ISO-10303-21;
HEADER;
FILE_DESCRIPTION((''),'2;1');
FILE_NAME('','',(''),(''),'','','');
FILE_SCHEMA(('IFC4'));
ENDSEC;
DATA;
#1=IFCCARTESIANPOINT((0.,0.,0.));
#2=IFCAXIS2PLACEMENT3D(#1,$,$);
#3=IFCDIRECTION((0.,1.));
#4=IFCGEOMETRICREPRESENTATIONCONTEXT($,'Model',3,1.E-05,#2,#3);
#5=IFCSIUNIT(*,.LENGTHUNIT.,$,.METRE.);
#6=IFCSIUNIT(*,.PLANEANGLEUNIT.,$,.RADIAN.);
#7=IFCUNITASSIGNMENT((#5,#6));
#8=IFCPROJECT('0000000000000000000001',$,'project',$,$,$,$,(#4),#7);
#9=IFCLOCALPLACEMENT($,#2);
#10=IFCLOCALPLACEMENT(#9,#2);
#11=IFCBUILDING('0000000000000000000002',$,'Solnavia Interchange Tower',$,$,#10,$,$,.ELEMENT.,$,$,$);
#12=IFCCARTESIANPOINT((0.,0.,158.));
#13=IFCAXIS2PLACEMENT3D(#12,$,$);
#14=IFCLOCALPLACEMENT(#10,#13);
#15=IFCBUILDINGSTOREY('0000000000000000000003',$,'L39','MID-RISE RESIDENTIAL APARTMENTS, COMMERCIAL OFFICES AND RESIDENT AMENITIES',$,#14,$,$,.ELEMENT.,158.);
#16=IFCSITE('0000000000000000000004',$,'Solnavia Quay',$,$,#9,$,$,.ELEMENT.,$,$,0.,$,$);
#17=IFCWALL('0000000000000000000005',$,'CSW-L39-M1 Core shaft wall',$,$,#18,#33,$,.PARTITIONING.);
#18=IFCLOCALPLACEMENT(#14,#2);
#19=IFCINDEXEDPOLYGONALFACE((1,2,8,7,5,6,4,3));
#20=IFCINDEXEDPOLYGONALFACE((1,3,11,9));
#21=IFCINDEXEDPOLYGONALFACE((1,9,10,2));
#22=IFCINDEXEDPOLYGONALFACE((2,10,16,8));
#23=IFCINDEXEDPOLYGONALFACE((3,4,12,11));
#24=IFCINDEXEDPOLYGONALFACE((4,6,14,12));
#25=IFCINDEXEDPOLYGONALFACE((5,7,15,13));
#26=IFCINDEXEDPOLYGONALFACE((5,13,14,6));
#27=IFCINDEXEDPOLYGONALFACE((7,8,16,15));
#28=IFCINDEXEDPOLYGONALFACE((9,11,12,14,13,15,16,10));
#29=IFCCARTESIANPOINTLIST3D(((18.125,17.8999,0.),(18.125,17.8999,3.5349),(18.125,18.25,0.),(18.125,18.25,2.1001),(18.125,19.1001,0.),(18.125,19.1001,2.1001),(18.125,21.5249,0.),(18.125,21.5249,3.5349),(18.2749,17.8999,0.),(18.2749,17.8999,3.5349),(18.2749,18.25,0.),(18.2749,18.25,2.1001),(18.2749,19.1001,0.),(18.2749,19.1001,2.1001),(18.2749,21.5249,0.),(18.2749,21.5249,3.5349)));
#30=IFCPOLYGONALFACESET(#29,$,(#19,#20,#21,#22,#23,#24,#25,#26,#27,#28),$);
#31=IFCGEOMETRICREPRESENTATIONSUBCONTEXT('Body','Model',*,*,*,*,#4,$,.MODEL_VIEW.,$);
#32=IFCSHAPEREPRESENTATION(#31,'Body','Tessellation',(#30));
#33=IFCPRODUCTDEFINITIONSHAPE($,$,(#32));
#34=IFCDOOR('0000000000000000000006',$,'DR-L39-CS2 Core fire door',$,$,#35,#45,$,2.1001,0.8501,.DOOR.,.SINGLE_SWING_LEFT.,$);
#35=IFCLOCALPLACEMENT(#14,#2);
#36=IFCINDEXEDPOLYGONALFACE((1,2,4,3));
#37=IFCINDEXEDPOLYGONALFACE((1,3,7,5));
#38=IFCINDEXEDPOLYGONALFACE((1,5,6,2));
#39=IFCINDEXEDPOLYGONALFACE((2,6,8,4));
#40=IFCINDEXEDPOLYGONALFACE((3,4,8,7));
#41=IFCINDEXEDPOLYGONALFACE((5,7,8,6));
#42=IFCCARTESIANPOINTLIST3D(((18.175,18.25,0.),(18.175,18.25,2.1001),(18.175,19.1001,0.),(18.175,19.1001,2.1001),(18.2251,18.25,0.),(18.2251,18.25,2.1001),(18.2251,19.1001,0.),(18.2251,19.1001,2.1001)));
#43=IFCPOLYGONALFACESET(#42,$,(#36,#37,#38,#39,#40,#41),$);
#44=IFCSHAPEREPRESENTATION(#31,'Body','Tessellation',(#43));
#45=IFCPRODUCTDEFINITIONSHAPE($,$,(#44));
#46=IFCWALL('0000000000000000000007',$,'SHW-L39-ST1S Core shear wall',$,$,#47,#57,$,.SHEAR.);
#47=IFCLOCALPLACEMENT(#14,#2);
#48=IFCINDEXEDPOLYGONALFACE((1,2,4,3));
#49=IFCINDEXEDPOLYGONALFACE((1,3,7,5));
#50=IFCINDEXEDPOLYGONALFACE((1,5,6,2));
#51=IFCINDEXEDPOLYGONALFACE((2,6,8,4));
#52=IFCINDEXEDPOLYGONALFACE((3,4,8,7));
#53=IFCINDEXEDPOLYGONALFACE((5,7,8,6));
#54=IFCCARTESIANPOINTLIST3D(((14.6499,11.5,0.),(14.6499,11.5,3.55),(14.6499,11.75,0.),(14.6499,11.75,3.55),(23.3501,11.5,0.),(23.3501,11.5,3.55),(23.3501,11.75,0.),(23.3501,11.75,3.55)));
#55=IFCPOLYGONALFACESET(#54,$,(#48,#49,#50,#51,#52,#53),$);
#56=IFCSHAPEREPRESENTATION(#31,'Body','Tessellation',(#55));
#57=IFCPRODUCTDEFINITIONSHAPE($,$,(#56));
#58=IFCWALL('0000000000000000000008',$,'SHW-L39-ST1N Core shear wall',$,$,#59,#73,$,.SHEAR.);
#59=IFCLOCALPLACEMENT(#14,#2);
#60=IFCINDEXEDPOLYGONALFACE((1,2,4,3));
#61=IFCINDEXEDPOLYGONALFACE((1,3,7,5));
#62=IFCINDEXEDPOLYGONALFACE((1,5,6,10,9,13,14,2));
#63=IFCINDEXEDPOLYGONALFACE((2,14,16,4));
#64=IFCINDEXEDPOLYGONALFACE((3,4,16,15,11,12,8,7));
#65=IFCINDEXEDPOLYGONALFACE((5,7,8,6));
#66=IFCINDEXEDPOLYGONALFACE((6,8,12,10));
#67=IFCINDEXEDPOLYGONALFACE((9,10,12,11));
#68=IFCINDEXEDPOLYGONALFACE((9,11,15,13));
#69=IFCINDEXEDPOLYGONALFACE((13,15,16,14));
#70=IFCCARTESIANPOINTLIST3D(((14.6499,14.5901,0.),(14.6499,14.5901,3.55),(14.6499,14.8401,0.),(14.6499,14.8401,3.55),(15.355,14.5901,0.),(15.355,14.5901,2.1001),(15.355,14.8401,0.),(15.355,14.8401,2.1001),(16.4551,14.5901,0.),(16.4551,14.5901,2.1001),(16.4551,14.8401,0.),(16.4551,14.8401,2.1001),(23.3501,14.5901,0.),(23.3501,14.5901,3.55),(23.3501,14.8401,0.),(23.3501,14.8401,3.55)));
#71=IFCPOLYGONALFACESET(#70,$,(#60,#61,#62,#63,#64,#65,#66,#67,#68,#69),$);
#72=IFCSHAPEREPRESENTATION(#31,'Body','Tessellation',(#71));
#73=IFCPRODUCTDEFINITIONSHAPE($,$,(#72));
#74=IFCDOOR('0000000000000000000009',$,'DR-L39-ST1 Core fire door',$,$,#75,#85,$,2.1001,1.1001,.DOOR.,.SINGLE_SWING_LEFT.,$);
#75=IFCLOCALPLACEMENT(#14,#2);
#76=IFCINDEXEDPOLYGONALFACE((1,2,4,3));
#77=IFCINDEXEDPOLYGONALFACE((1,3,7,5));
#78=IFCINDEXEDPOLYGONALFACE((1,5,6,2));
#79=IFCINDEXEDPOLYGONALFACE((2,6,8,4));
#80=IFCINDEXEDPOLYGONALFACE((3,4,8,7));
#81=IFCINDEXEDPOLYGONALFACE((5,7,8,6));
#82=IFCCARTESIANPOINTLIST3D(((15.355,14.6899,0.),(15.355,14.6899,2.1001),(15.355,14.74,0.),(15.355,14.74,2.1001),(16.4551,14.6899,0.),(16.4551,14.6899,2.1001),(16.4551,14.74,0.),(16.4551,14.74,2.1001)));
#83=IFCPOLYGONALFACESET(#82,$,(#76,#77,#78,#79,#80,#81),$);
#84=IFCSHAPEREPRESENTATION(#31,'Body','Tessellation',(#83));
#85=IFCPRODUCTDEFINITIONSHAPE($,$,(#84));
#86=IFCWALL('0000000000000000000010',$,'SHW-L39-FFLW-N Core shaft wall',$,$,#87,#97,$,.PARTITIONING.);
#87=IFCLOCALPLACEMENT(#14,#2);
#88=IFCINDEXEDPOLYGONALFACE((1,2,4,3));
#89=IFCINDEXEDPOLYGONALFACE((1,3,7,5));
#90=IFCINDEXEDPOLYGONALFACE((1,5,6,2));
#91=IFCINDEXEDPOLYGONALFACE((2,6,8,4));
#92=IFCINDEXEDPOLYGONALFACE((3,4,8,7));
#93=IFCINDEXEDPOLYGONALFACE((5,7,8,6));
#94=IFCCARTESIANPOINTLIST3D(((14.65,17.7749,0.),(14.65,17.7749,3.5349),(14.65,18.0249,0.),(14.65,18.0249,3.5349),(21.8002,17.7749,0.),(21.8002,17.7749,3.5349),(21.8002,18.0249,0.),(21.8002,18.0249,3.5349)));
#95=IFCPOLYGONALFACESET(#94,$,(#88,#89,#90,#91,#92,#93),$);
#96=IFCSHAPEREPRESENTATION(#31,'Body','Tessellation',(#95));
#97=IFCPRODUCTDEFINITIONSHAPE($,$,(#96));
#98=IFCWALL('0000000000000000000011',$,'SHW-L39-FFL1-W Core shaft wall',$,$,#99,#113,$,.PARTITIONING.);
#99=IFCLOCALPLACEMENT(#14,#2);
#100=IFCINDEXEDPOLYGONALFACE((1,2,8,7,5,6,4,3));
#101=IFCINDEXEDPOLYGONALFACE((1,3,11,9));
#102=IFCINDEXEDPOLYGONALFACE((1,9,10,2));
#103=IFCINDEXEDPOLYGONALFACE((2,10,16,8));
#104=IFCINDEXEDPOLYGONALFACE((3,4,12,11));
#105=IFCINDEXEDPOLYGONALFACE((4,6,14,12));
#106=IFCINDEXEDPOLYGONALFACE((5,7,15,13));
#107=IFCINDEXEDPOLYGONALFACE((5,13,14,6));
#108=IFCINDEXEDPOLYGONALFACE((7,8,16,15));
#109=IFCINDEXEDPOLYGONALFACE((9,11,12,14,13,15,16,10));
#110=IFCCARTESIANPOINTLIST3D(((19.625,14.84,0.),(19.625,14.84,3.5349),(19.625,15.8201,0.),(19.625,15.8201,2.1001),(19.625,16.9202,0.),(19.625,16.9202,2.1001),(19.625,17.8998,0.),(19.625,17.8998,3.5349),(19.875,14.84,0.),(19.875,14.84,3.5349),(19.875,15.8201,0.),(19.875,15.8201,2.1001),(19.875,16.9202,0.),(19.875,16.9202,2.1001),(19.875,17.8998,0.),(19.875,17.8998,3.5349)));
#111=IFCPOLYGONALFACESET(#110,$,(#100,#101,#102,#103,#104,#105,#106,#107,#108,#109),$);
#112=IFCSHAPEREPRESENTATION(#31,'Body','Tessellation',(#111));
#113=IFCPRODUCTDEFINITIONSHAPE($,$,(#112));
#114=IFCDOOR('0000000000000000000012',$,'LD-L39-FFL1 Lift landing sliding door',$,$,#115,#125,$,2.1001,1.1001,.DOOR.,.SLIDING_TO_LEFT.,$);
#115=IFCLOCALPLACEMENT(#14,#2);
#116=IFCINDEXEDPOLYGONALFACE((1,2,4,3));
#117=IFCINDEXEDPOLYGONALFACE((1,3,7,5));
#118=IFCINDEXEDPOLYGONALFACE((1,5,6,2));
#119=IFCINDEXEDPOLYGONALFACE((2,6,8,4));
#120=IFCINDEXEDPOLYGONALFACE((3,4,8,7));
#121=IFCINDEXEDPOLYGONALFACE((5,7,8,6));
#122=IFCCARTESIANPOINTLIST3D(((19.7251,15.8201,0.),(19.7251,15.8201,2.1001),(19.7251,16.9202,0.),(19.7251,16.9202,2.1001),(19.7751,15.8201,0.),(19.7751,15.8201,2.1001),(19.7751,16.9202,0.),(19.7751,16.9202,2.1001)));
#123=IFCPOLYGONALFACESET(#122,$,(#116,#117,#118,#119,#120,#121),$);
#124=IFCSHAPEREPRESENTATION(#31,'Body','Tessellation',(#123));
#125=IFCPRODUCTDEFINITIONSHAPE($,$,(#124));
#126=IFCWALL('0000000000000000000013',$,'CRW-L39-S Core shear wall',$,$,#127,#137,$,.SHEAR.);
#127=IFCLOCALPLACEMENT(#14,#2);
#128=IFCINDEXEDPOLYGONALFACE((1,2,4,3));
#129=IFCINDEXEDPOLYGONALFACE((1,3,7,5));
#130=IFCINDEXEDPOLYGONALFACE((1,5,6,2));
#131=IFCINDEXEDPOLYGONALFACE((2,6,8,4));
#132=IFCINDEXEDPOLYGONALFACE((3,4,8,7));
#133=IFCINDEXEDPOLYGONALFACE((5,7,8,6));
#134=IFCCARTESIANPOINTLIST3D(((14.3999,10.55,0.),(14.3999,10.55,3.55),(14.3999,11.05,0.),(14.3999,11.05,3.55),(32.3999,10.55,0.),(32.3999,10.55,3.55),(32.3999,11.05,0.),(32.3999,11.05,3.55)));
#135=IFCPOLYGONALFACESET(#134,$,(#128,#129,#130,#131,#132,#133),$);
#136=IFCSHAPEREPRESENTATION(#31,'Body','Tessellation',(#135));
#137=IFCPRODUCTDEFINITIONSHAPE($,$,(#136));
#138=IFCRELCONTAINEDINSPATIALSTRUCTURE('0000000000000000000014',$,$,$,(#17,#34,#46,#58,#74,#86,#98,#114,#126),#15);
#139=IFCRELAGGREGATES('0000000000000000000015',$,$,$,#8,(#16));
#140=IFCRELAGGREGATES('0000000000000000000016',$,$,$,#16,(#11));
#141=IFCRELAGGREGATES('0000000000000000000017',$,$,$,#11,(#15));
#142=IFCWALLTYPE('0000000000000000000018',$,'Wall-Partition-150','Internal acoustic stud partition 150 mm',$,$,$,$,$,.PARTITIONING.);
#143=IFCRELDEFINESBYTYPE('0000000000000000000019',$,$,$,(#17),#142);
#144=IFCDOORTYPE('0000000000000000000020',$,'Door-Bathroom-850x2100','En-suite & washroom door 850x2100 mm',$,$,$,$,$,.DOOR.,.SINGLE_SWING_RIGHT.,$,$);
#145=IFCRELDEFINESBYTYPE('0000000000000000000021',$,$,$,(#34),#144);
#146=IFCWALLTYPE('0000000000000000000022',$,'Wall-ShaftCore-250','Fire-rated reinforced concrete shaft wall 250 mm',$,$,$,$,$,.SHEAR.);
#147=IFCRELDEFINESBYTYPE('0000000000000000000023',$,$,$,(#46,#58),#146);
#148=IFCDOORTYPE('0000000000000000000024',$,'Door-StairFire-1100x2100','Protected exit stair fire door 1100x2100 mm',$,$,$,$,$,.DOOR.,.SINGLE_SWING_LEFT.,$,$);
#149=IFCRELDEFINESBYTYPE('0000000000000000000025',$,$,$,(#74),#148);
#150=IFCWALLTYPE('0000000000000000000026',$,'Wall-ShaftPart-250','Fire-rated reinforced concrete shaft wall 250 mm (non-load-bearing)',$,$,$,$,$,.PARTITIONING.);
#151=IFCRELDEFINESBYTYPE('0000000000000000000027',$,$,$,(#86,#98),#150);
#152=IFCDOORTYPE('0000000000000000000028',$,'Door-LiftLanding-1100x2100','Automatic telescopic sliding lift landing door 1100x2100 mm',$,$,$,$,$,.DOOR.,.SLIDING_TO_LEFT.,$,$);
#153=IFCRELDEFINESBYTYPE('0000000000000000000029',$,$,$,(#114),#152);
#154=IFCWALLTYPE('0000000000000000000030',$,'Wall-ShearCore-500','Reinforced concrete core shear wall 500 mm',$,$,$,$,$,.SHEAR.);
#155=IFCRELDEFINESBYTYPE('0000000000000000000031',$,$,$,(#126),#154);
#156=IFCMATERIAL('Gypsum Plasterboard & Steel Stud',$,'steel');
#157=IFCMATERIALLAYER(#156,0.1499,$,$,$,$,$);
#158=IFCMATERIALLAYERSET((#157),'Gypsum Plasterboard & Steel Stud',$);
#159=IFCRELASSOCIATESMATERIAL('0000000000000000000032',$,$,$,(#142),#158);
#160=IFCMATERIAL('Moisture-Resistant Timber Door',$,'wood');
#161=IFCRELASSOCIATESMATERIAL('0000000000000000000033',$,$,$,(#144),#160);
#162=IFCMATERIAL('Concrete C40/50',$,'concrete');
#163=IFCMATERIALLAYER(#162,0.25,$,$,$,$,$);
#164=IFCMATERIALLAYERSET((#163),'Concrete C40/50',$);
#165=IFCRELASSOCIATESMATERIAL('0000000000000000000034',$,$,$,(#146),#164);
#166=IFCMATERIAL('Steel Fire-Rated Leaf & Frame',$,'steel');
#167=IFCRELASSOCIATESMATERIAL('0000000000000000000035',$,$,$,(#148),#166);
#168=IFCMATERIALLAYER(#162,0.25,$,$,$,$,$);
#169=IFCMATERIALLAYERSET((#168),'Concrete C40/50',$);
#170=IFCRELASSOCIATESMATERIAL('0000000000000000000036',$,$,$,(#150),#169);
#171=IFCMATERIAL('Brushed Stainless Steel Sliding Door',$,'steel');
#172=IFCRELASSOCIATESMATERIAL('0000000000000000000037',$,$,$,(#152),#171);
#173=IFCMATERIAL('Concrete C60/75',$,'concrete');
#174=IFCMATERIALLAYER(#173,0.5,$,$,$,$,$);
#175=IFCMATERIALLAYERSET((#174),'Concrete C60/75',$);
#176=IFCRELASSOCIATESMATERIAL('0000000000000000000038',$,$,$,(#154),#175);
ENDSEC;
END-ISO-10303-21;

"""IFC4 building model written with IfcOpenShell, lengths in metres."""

from ifc_helpers import new_model, si_unit, direction, frame, frame_2d, origin, place, context, subcontext, project, spatial, rectangle, extrude, material, layer, layer_set, type_object, element, fill, save


model = new_model("IFC4")

# Units and contexts
model_context = context("Model", 3, precision=1e-05, world=origin(), true_north=direction((0.0, 1.0)))
body_context = subcontext(model_context, "Body", "Model", "MODEL_VIEW")
ifc_project = project(units=[si_unit("LENGTHUNIT", "METRE"), si_unit("PLANEANGLEUNIT", "RADIAN")], contexts=[model_context])

# Site, building, storey
site_placement = place(None, origin())
site = spatial("IfcSite", under=ifc_project, at=site_placement, Name="Solnavia Quay", CompositionType="ELEMENT", RefElevation=0.0)
building_placement = place(site_placement, origin())
building = spatial("IfcBuilding", under=site, at=building_placement, Name="Solnavia Interchange Tower", CompositionType="ELEMENT")
storey_placement = place(building_placement, frame((0.0, 0.0, 158.0)))
storey = spatial("IfcBuildingStorey", under=building, at=storey_placement, Name="L39", Description="MID-RISE RESIDENTIAL APARTMENTS, COMMERCIAL OFFICES AND RESIDENT AMENITIES", CompositionType="ELEMENT", Elevation=158.0)

# Wall, opening, door
ifc_material_1 = material(Name="Gypsum Plasterboard & Steel Stud", Category="steel")
ifc_layer_1 = layer(ifc_material_1, 0.1499)
ifc_layer_set_1 = layer_set([ifc_layer_1], Name="Gypsum Plasterboard & Steel Stud")
wall_type_1 = type_object("IfcWallType", Name="Wall-Partition-150", Description="Internal acoustic stud partition 150 mm", PredefinedType="PARTITIONING", material=ifc_layer_set_1)
wall_1_placement = place(storey_placement, frame((18.2, 17.8999, 0.0), z_axis=(0.0, 0.0, 1.0), x_axis=(0.0, 1.0, 0.0)))
wall_1 = element("IfcWall", 1, at=wall_1_placement, inside=storey, type_object=wall_type_1, Name="CSW-L39-M1 Core shaft wall", PredefinedType="PARTITIONING", context=body_context, shape_type="SweptSolid", body=[
    extrude(rectangle(XDim=3.625, YDim=0.1499, at=frame_2d((1.8125, 0.0))), origin(), (0.0, 0.0, 1.0), 3.5349),
])
opening_1_placement = place(wall_1_placement, frame((0.3501, 0.0, 0.0)))
opening_1 = element("IfcOpeningElement", 2, at=opening_1_placement, cuts=wall_1, PredefinedType="OPENING", context=body_context, shape_type="SweptSolid", body=[
    extrude(rectangle(XDim=0.8501, YDim=2.1001, at=frame_2d((0.425, 1.05))), frame((0.0, 0.085, 0.0), z_axis=(0.0, -1.0, 0.0), x_axis=(1.0, 0.0, 0.0)), (0.0, 0.0, 1.0), 0.1699),
])
ifc_material_2 = material(Name="Moisture-Resistant Timber Door", Category="wood")
door_type_1 = type_object("IfcDoorType", Name="Door-Bathroom-850x2100", Description="En-suite & washroom door 850x2100 mm", OperationType="SINGLE_SWING_RIGHT", PredefinedType="DOOR", material=ifc_material_2)
door_1_placement = place(opening_1_placement, origin())
door_1 = element("IfcDoor", 3, at=door_1_placement, inside=storey, type_object=door_type_1, Name="DR-L39-CS2 Core fire door", OperationType="SINGLE_SWING_LEFT", OverallHeight=2.1001, OverallWidth=0.8501, PredefinedType="DOOR", context=body_context, shape_type="SweptSolid", body=[
    extrude(rectangle(XDim=0.8501, YDim=2.1001, at=frame_2d((0.425, 1.05))), frame((0.0, 0.0249, 0.0), z_axis=(0.0, -1.0, 0.0), x_axis=(1.0, 0.0, 0.0)), (0.0, 0.0, 1.0), 0.05),
])
fill(opening_1, door_1)

# Wall
ifc_material_3 = material(Name="Concrete C40/50", Category="concrete")
ifc_layer_2 = layer(ifc_material_3, 0.25)
ifc_layer_set_2 = layer_set([ifc_layer_2], Name="Concrete C40/50")
wall_type_2 = type_object("IfcWallType", Name="Wall-ShaftCore-250", Description="Fire-rated reinforced concrete shaft wall 250 mm", PredefinedType="SHEAR", material=ifc_layer_set_2)
wall_2_placement = place(storey_placement, frame((14.6499, 11.625, 0.0), z_axis=(0.0, 0.0, 1.0), x_axis=(1.0, 0.0, 0.0)))
element("IfcWall", 4, at=wall_2_placement, inside=storey, type_object=wall_type_2, Name="SHW-L39-ST1S Core shear wall", PredefinedType="SHEAR", context=body_context, shape_type="SweptSolid", body=[
    extrude(rectangle(XDim=8.7002, YDim=0.25, at=frame_2d((4.3501, 0.0))), origin(), (0.0, 0.0, 1.0), 3.55),
])

# Wall, opening, door
wall_3_placement = place(storey_placement, frame((14.6499, 14.7151, 0.0), z_axis=(0.0, 0.0, 1.0), x_axis=(1.0, 0.0, 0.0)))
wall_3 = element("IfcWall", 5, at=wall_3_placement, inside=storey, type_object=wall_type_2, Name="SHW-L39-ST1N Core shear wall", PredefinedType="SHEAR", context=body_context, shape_type="SweptSolid", body=[
    extrude(rectangle(XDim=8.7002, YDim=0.25, at=frame_2d((4.3501, 0.0))), origin(), (0.0, 0.0, 1.0), 3.55),
])
opening_2_placement = place(wall_3_placement, frame((0.7051, 0.0, 0.0)))
opening_2 = element("IfcOpeningElement", 6, at=opening_2_placement, cuts=wall_3, PredefinedType="OPENING", context=body_context, shape_type="SweptSolid", body=[
    extrude(rectangle(XDim=1.1001, YDim=2.1001, at=frame_2d((0.55, 1.05))), frame((0.0, 0.135, 0.0), z_axis=(0.0, -1.0, 0.0), x_axis=(1.0, 0.0, 0.0)), (0.0, 0.0, 1.0), 0.27),
])
ifc_material_4 = material(Name="Steel Fire-Rated Leaf & Frame", Category="steel")
door_type_2 = type_object("IfcDoorType", Name="Door-StairFire-1100x2100", Description="Protected exit stair fire door 1100x2100 mm", OperationType="SINGLE_SWING_LEFT", PredefinedType="DOOR", material=ifc_material_4)
door_2_placement = place(opening_2_placement, origin())
door_2 = element("IfcDoor", 7, at=door_2_placement, inside=storey, type_object=door_type_2, Name="DR-L39-ST1 Core fire door", OperationType="SINGLE_SWING_LEFT", OverallHeight=2.1001, OverallWidth=1.1001, PredefinedType="DOOR", context=body_context, shape_type="SweptSolid", body=[
    extrude(rectangle(XDim=1.1001, YDim=2.1001, at=frame_2d((0.55, 1.05))), frame((0.0, 0.0249, 0.0), z_axis=(0.0, -1.0, 0.0), x_axis=(1.0, 0.0, 0.0)), (0.0, 0.0, 1.0), 0.05),
])
fill(opening_2, door_2)

# Wall
ifc_layer_3 = layer(ifc_material_3, 0.25)
ifc_layer_set_3 = layer_set([ifc_layer_3], Name="Concrete C40/50")
wall_type_3 = type_object("IfcWallType", Name="Wall-ShaftPart-250", Description="Fire-rated reinforced concrete shaft wall 250 mm (non-load-bearing)", PredefinedType="PARTITIONING", material=ifc_layer_set_3)
wall_4_placement = place(storey_placement, frame((14.6499, 17.8999, 0.0), z_axis=(0.0, 0.0, 1.0), x_axis=(1.0, 0.0, 0.0)))
element("IfcWall", 8, at=wall_4_placement, inside=storey, type_object=wall_type_3, Name="SHW-L39-FFLW-N Core shaft wall", PredefinedType="PARTITIONING", context=body_context, shape_type="SweptSolid", body=[
    extrude(rectangle(XDim=7.1501, YDim=0.25, at=frame_2d((3.5752, 0.0))), origin(), (0.0, 0.0, 1.0), 3.5349),
])

# Wall, opening, door
wall_5_placement = place(storey_placement, frame((19.75, 14.8401, 0.0), z_axis=(0.0, 0.0, 1.0), x_axis=(0.0, 1.0, 0.0)))
wall_5 = element("IfcWall", 9, at=wall_5_placement, inside=storey, type_object=wall_type_3, Name="SHW-L39-FFL1-W Core shaft wall", PredefinedType="PARTITIONING", context=body_context, shape_type="SweptSolid", body=[
    extrude(rectangle(XDim=3.0598, YDim=0.25, at=frame_2d((1.5298, 0.0))), origin(), (0.0, 0.0, 1.0), 3.5349),
])
opening_3_placement = place(wall_5_placement, frame((0.98, 0.0, 0.0)))
opening_3 = element("IfcOpeningElement", 10, at=opening_3_placement, cuts=wall_5, PredefinedType="OPENING", context=body_context, shape_type="SweptSolid", body=[
    extrude(rectangle(XDim=1.1001, YDim=2.1001, at=frame_2d((0.55, 1.05))), frame((0.0, 0.135, 0.0), z_axis=(0.0, -1.0, 0.0), x_axis=(1.0, 0.0, 0.0)), (0.0, 0.0, 1.0), 0.27),
])
ifc_material_5 = material(Name="Brushed Stainless Steel Sliding Door", Category="steel")
door_type_3 = type_object("IfcDoorType", Name="Door-LiftLanding-1100x2100", Description="Automatic telescopic sliding lift landing door 1100x2100 mm", OperationType="SLIDING_TO_LEFT", PredefinedType="DOOR", material=ifc_material_5)
door_3_placement = place(opening_3_placement, origin())
door_3 = element("IfcDoor", 11, at=door_3_placement, inside=storey, type_object=door_type_3, Name="LD-L39-FFL1 Lift landing sliding door", OperationType="SLIDING_TO_LEFT", OverallHeight=2.1001, OverallWidth=1.1001, PredefinedType="DOOR", context=body_context, shape_type="SweptSolid", body=[
    extrude(rectangle(XDim=1.1001, YDim=2.1001, at=frame_2d((0.55, 1.05))), frame((0.0, 0.0249, 0.0), z_axis=(0.0, -1.0, 0.0), x_axis=(1.0, 0.0, 0.0)), (0.0, 0.0, 1.0), 0.05),
])
fill(opening_3, door_3)

# Wall
ifc_material_6 = material(Name="Concrete C60/75", Category="concrete")
ifc_layer_4 = layer(ifc_material_6, 0.5)
ifc_layer_set_4 = layer_set([ifc_layer_4], Name="Concrete C60/75")
wall_type_4 = type_object("IfcWallType", Name="Wall-ShearCore-500", Description="Reinforced concrete core shear wall 500 mm", PredefinedType="SHEAR", material=ifc_layer_set_4)
wall_6_placement = place(storey_placement, frame((14.3999, 10.8, 0.0), z_axis=(0.0, 0.0, 1.0), x_axis=(1.0, 0.0, 0.0)))
element("IfcWall", 12, at=wall_6_placement, inside=storey, type_object=wall_type_4, Name="CRW-L39-S Core shear wall", PredefinedType="SHEAR", context=body_context, shape_type="SweptSolid", body=[
    extrude(rectangle(XDim=18.0, YDim=0.5, at=frame_2d((9.0, 0.0))), origin(), (0.0, 0.0, 1.0), 3.55),
])

save(model, "model.ifc")
